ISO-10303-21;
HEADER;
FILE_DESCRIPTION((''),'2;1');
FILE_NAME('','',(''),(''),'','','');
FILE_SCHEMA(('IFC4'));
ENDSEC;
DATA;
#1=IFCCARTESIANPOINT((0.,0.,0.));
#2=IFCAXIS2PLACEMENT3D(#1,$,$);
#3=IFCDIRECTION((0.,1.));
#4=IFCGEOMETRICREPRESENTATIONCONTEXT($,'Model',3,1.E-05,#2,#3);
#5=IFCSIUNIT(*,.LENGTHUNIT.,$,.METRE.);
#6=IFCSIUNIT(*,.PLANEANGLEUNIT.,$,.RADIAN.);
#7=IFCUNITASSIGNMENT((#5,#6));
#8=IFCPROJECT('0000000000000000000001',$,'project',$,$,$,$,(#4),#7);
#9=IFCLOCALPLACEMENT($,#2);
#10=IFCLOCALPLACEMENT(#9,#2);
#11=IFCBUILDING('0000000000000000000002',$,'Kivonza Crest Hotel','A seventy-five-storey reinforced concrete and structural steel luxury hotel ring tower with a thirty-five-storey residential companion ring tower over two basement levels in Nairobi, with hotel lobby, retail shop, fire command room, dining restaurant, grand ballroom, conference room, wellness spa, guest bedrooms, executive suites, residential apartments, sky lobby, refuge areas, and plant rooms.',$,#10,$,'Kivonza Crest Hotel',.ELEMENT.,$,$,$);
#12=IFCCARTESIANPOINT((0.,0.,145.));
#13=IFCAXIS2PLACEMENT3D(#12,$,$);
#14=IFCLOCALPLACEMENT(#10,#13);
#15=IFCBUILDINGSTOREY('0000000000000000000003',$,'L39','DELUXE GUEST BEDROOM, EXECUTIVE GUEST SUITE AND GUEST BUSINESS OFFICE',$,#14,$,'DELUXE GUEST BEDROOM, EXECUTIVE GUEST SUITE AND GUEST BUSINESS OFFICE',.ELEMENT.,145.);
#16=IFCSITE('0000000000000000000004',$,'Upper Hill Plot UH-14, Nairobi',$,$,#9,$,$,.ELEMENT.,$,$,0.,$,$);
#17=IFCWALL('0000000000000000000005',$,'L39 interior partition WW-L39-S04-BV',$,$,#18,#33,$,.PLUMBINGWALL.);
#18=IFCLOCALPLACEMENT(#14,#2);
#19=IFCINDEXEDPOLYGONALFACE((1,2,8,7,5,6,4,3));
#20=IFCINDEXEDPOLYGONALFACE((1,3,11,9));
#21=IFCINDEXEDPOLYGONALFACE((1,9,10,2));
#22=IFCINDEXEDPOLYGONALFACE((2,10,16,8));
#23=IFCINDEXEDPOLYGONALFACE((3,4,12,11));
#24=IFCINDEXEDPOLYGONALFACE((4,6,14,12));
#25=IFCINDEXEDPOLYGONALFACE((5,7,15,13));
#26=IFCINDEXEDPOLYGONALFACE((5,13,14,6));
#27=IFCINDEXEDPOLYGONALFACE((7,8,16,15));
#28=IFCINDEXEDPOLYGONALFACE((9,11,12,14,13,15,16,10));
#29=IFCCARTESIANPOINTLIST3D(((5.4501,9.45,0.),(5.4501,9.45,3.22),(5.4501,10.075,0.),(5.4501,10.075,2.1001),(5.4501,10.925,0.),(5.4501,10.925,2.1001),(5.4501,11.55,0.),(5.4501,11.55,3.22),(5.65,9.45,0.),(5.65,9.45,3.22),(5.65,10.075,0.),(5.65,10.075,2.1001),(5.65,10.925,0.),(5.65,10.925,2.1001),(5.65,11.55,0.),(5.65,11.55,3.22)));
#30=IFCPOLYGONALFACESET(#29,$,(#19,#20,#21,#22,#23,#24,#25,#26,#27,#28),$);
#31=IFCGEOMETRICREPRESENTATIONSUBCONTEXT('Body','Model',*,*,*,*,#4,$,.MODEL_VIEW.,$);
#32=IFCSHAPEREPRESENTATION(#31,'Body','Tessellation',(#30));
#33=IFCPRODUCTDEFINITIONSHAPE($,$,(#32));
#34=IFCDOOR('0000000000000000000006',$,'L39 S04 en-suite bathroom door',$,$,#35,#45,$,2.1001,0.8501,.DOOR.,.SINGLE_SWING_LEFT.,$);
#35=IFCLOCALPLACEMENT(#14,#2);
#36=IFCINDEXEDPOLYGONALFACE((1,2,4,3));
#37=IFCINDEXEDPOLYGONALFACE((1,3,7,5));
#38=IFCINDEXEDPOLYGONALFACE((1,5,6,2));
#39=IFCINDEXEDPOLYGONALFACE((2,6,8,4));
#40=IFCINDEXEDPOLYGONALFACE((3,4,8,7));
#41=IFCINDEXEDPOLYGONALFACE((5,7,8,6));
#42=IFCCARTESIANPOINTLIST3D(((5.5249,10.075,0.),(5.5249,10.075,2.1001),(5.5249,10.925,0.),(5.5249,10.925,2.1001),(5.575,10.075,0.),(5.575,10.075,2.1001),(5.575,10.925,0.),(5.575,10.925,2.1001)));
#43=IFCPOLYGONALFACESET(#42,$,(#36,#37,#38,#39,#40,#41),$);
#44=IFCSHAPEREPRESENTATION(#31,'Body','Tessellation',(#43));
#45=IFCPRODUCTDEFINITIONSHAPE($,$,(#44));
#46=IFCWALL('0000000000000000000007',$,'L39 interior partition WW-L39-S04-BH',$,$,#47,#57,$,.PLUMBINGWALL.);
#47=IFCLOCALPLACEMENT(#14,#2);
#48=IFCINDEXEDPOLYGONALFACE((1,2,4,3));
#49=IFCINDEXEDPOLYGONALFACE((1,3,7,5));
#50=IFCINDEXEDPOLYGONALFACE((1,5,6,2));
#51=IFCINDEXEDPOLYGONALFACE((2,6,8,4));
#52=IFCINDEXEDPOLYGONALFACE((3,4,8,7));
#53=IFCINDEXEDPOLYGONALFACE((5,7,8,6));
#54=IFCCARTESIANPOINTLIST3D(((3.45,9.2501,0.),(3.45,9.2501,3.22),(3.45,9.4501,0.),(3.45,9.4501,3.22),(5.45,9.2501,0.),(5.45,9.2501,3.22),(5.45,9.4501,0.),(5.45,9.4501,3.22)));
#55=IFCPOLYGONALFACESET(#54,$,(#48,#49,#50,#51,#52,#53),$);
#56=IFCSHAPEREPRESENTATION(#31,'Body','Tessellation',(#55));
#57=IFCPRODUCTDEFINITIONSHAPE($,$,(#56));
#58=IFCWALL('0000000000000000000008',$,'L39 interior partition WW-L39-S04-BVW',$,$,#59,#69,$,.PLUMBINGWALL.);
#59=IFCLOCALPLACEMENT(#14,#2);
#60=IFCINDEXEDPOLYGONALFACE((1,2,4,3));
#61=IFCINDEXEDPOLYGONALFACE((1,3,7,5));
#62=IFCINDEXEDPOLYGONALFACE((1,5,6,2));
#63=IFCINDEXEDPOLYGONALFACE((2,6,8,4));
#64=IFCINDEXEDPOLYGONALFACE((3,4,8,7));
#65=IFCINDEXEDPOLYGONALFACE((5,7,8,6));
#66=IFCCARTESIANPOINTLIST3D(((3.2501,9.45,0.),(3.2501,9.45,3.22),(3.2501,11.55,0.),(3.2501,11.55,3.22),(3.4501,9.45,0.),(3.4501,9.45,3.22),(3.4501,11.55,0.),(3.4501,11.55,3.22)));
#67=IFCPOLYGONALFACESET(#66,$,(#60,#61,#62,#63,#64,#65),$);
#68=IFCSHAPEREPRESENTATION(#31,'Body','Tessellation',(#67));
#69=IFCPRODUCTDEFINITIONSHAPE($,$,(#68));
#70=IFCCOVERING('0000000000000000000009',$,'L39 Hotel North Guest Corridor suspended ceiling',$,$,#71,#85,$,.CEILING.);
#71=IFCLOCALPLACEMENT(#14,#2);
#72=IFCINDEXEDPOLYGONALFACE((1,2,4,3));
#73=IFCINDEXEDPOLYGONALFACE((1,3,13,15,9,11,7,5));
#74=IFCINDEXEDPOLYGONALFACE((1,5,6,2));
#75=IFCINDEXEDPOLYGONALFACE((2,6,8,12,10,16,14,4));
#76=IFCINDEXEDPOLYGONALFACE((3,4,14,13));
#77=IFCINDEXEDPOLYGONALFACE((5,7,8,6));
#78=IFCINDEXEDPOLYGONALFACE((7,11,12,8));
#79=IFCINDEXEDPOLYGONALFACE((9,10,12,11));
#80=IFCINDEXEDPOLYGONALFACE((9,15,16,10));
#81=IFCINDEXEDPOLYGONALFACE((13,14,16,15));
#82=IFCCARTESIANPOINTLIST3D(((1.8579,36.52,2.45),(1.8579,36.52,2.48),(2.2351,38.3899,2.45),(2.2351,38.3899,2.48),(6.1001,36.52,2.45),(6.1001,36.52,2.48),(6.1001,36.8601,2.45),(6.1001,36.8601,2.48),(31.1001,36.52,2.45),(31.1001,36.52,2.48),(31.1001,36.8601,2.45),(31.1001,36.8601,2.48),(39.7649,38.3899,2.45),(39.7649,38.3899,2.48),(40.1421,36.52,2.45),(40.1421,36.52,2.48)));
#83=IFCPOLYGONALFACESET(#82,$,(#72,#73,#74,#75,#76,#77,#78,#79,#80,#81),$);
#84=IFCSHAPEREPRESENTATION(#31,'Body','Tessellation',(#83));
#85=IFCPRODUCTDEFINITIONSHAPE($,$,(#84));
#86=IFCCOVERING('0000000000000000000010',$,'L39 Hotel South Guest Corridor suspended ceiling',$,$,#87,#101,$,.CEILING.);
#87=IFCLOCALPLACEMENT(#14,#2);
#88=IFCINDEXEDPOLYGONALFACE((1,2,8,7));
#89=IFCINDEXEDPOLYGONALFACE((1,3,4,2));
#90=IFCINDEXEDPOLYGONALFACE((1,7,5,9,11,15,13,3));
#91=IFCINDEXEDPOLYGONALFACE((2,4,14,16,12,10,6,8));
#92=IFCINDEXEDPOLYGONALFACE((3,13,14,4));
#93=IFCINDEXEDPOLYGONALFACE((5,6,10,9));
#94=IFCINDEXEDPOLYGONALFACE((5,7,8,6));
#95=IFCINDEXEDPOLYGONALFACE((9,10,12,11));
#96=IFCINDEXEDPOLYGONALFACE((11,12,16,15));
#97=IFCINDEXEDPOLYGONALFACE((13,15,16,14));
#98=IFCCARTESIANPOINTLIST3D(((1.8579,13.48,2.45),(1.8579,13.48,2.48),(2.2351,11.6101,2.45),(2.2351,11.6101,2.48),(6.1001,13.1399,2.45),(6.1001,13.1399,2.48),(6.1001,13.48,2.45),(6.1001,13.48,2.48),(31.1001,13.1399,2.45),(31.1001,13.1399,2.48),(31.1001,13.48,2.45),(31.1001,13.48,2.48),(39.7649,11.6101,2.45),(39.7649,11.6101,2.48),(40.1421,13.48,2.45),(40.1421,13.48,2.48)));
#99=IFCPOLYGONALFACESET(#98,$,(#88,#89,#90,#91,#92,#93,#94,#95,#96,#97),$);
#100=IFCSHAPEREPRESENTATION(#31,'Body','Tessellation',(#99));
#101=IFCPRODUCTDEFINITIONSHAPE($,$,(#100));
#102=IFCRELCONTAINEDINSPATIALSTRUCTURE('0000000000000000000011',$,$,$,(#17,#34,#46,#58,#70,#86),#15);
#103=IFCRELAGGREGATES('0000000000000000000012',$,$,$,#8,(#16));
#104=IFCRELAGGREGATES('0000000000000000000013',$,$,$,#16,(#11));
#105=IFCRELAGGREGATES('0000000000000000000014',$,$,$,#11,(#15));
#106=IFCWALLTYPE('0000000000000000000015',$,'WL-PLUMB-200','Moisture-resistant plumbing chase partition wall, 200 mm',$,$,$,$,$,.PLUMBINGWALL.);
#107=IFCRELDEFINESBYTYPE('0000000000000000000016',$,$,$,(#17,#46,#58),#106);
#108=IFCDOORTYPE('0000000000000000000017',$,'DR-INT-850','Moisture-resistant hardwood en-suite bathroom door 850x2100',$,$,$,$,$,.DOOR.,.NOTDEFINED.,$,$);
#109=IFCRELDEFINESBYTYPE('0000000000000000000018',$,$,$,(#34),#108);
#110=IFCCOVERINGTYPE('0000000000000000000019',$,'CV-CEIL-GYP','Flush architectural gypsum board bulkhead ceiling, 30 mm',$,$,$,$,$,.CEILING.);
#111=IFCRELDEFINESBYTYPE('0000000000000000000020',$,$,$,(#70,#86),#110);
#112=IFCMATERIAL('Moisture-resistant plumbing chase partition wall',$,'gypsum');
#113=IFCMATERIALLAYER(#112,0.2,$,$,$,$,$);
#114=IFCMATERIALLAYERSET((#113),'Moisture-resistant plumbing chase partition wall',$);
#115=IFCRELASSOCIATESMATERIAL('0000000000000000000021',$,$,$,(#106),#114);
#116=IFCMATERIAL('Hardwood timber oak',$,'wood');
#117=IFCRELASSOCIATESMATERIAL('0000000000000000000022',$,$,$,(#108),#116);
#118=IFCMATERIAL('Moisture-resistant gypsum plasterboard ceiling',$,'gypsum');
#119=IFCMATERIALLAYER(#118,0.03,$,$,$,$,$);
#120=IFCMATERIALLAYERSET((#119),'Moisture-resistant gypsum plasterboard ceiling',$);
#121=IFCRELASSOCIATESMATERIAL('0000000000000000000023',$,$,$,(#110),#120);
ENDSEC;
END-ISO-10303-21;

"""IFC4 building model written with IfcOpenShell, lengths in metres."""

from ifc_helpers import new_model, si_unit, direction, frame, frame_2d, origin, place, context, subcontext, project, spatial, polyline, rectangle, outline, extrude, material, layer, layer_set, type_object, element, fill, save


model = new_model("IFC4")

# Units and contexts
model_context = context("Model", 3, precision=1e-05, world=origin(), true_north=direction((0.0, 1.0)))
body_context = subcontext(model_context, "Body", "Model", "MODEL_VIEW")
ifc_project = project(units=[si_unit("LENGTHUNIT", "METRE"), si_unit("PLANEANGLEUNIT", "RADIAN")], contexts=[model_context])

# Site, building, storey
site_placement = place(None, origin())
site = spatial("IfcSite", under=ifc_project, at=site_placement, Name="Upper Hill Plot UH-14, Nairobi", CompositionType="ELEMENT", RefElevation=0.0)
building_placement = place(site_placement, origin())
building = spatial("IfcBuilding", under=site, at=building_placement, Name="Kivonza Crest Hotel", Description="A seventy-five-storey reinforced concrete and structural steel luxury hotel ring tower with a thirty-five-storey residential companion ring tower over two basement levels in Nairobi, with hotel lobby, retail shop, fire command room, dining restaurant, grand ballroom, conference room, wellness spa, guest bedrooms, executive suites, residential apartments, sky lobby, refuge areas, and plant rooms.", LongName="Kivonza Crest Hotel", CompositionType="ELEMENT")
storey_placement = place(building_placement, frame((0.0, 0.0, 145.0)))
storey = spatial("IfcBuildingStorey", under=building, at=storey_placement, Name="L39", Description="DELUXE GUEST BEDROOM, EXECUTIVE GUEST SUITE AND GUEST BUSINESS OFFICE", LongName="DELUXE GUEST BEDROOM, EXECUTIVE GUEST SUITE AND GUEST BUSINESS OFFICE", CompositionType="ELEMENT", Elevation=145.0)

# Shared definitions
ifc_material_1 = material(Name="Hardwood timber oak", Category="wood")

# Wall, opening, door
ifc_material_2 = material(Name="Moisture-resistant plumbing chase partition wall", Category="gypsum")
ifc_layer_1 = layer(ifc_material_2, 0.2)
ifc_layer_set_1 = layer_set([ifc_layer_1], Name="Moisture-resistant plumbing chase partition wall")
wall_type_1 = type_object("IfcWallType", Name="WL-PLUMB-200", Description="Moisture-resistant plumbing chase partition wall, 200 mm", PredefinedType="PLUMBINGWALL", material=ifc_layer_set_1)
wall_1_placement = place(storey_placement, frame((5.55, 9.45, 0.0), z_axis=(0.0, 0.0, 1.0), x_axis=(0.0, 1.0, 0.0)))
wall_1 = element("IfcWall", 1, at=wall_1_placement, inside=storey, type_object=wall_type_1, Name="L39 interior partition WW-L39-S04-BV", PredefinedType="PLUMBINGWALL", context=body_context, shape_type="SweptSolid", body=[
    extrude(rectangle(XDim=2.1001, YDim=0.2, at=frame_2d((1.05, 0.0))), origin(), (0.0, 0.0, 1.0), 3.22),
])
opening_1_placement = place(wall_1_placement, frame((0.625, 0.0, 0.0)))
opening_1 = element("IfcOpeningElement", 2, at=opening_1_placement, cuts=wall_1, PredefinedType="OPENING", context=body_context, shape_type="SweptSolid", body=[
    extrude(rectangle(XDim=0.8501, YDim=2.1001, at=frame_2d((0.425, 1.05))), frame((0.0, 0.1099, 0.0), z_axis=(0.0, -1.0, 0.0), x_axis=(1.0, 0.0, 0.0)), (0.0, 0.0, 1.0), 0.22),
])
door_type_1 = type_object("IfcDoorType", Name="DR-INT-850", Description="Moisture-resistant hardwood en-suite bathroom door 850x2100", OperationType="NOTDEFINED", PredefinedType="DOOR", material=ifc_material_1)
door_1_placement = place(opening_1_placement, frame((0.8501, 0.0, 0.0), z_axis=(0.0, 0.0, 1.0), x_axis=(-1.0, 0.0, 0.0)))
door_1 = element("IfcDoor", 3, at=door_1_placement, inside=storey, type_object=door_type_1, Name="L39 S04 en-suite bathroom door", OperationType="SINGLE_SWING_LEFT", OverallHeight=2.1001, OverallWidth=0.8501, PredefinedType="DOOR", context=body_context, shape_type="SweptSolid", body=[
    extrude(rectangle(XDim=0.8501, YDim=2.1001, at=frame_2d((0.425, 1.05))), frame((0.0, 0.0249, 0.0), z_axis=(0.0, -1.0, 0.0), x_axis=(1.0, 0.0, 0.0)), (0.0, 0.0, 1.0), 0.05),
])
fill(opening_1, door_1)

# Walls
wall_2_placement = place(storey_placement, frame((3.45, 9.3501, 0.0), z_axis=(0.0, 0.0, 1.0), x_axis=(1.0, 0.0, 0.0)))
element("IfcWall", 4, at=wall_2_placement, inside=storey, type_object=wall_type_1, Name="L39 interior partition WW-L39-S04-BH", PredefinedType="PLUMBINGWALL", context=body_context, shape_type="SweptSolid", body=[
    extrude(rectangle(XDim=2.0, YDim=0.2, at=frame_2d((1.0, 0.0))), origin(), (0.0, 0.0, 1.0), 3.22),
])
wall_3_placement = place(storey_placement, frame((3.3501, 9.45, 0.0), z_axis=(0.0, 0.0, 1.0), x_axis=(0.0, 1.0, 0.0)))
element("IfcWall", 5, at=wall_3_placement, inside=storey, type_object=wall_type_1, Name="L39 interior partition WW-L39-S04-BVW", PredefinedType="PLUMBINGWALL", context=body_context, shape_type="SweptSolid", body=[
    extrude(rectangle(XDim=2.1001, YDim=0.2, at=frame_2d((1.05, 0.0))), origin(), (0.0, 0.0, 1.0), 3.22),
])

# Coverings
ifc_material_3 = material(Name="Moisture-resistant gypsum plasterboard ceiling", Category="gypsum")
ifc_layer_2 = layer(ifc_material_3, 0.03)
ifc_layer_set_2 = layer_set([ifc_layer_2], Name="Moisture-resistant gypsum plasterboard ceiling")
covering_type = type_object("IfcCoveringType", Name="CV-CEIL-GYP", Description="Flush architectural gypsum board bulkhead ceiling, 30 mm", PredefinedType="CEILING", material=ifc_layer_set_2)
covering_1_placement = place(storey_placement, frame((0.0, 0.0, 2.45)))
element("IfcCovering", 6, at=covering_1_placement, inside=storey, type_object=covering_type, Name="L39 Hotel North Guest Corridor suspended ceiling", PredefinedType="CEILING", context=body_context, shape_type="SweptSolid", body=[
    extrude(outline(polyline([(2.2351, 38.3899), (1.8579, 36.52), (6.1001, 36.52), (6.1001, 36.8601), (31.1001, 36.8601), (31.1001, 36.52), (40.1421, 36.52), (39.7649, 38.3899), (2.2351, 38.3899)])), origin(), (0.0, 0.0, 1.0), 0.03),
])
covering_2_placement = place(storey_placement, frame((0.0, 0.0, 2.45)))
element("IfcCovering", 7, at=covering_2_placement, inside=storey, type_object=covering_type, Name="L39 Hotel South Guest Corridor suspended ceiling", PredefinedType="CEILING", context=body_context, shape_type="SweptSolid", body=[
    extrude(outline(polyline([(1.8579, 13.48), (2.2351, 11.6101), (39.7649, 11.6101), (40.1421, 13.48), (31.1001, 13.48), (31.1001, 13.1399), (6.1001, 13.1399), (6.1001, 13.48), (1.8579, 13.48)])), origin(), (0.0, 0.0, 1.0), 0.03),
])

save(model, "model.ifc")
